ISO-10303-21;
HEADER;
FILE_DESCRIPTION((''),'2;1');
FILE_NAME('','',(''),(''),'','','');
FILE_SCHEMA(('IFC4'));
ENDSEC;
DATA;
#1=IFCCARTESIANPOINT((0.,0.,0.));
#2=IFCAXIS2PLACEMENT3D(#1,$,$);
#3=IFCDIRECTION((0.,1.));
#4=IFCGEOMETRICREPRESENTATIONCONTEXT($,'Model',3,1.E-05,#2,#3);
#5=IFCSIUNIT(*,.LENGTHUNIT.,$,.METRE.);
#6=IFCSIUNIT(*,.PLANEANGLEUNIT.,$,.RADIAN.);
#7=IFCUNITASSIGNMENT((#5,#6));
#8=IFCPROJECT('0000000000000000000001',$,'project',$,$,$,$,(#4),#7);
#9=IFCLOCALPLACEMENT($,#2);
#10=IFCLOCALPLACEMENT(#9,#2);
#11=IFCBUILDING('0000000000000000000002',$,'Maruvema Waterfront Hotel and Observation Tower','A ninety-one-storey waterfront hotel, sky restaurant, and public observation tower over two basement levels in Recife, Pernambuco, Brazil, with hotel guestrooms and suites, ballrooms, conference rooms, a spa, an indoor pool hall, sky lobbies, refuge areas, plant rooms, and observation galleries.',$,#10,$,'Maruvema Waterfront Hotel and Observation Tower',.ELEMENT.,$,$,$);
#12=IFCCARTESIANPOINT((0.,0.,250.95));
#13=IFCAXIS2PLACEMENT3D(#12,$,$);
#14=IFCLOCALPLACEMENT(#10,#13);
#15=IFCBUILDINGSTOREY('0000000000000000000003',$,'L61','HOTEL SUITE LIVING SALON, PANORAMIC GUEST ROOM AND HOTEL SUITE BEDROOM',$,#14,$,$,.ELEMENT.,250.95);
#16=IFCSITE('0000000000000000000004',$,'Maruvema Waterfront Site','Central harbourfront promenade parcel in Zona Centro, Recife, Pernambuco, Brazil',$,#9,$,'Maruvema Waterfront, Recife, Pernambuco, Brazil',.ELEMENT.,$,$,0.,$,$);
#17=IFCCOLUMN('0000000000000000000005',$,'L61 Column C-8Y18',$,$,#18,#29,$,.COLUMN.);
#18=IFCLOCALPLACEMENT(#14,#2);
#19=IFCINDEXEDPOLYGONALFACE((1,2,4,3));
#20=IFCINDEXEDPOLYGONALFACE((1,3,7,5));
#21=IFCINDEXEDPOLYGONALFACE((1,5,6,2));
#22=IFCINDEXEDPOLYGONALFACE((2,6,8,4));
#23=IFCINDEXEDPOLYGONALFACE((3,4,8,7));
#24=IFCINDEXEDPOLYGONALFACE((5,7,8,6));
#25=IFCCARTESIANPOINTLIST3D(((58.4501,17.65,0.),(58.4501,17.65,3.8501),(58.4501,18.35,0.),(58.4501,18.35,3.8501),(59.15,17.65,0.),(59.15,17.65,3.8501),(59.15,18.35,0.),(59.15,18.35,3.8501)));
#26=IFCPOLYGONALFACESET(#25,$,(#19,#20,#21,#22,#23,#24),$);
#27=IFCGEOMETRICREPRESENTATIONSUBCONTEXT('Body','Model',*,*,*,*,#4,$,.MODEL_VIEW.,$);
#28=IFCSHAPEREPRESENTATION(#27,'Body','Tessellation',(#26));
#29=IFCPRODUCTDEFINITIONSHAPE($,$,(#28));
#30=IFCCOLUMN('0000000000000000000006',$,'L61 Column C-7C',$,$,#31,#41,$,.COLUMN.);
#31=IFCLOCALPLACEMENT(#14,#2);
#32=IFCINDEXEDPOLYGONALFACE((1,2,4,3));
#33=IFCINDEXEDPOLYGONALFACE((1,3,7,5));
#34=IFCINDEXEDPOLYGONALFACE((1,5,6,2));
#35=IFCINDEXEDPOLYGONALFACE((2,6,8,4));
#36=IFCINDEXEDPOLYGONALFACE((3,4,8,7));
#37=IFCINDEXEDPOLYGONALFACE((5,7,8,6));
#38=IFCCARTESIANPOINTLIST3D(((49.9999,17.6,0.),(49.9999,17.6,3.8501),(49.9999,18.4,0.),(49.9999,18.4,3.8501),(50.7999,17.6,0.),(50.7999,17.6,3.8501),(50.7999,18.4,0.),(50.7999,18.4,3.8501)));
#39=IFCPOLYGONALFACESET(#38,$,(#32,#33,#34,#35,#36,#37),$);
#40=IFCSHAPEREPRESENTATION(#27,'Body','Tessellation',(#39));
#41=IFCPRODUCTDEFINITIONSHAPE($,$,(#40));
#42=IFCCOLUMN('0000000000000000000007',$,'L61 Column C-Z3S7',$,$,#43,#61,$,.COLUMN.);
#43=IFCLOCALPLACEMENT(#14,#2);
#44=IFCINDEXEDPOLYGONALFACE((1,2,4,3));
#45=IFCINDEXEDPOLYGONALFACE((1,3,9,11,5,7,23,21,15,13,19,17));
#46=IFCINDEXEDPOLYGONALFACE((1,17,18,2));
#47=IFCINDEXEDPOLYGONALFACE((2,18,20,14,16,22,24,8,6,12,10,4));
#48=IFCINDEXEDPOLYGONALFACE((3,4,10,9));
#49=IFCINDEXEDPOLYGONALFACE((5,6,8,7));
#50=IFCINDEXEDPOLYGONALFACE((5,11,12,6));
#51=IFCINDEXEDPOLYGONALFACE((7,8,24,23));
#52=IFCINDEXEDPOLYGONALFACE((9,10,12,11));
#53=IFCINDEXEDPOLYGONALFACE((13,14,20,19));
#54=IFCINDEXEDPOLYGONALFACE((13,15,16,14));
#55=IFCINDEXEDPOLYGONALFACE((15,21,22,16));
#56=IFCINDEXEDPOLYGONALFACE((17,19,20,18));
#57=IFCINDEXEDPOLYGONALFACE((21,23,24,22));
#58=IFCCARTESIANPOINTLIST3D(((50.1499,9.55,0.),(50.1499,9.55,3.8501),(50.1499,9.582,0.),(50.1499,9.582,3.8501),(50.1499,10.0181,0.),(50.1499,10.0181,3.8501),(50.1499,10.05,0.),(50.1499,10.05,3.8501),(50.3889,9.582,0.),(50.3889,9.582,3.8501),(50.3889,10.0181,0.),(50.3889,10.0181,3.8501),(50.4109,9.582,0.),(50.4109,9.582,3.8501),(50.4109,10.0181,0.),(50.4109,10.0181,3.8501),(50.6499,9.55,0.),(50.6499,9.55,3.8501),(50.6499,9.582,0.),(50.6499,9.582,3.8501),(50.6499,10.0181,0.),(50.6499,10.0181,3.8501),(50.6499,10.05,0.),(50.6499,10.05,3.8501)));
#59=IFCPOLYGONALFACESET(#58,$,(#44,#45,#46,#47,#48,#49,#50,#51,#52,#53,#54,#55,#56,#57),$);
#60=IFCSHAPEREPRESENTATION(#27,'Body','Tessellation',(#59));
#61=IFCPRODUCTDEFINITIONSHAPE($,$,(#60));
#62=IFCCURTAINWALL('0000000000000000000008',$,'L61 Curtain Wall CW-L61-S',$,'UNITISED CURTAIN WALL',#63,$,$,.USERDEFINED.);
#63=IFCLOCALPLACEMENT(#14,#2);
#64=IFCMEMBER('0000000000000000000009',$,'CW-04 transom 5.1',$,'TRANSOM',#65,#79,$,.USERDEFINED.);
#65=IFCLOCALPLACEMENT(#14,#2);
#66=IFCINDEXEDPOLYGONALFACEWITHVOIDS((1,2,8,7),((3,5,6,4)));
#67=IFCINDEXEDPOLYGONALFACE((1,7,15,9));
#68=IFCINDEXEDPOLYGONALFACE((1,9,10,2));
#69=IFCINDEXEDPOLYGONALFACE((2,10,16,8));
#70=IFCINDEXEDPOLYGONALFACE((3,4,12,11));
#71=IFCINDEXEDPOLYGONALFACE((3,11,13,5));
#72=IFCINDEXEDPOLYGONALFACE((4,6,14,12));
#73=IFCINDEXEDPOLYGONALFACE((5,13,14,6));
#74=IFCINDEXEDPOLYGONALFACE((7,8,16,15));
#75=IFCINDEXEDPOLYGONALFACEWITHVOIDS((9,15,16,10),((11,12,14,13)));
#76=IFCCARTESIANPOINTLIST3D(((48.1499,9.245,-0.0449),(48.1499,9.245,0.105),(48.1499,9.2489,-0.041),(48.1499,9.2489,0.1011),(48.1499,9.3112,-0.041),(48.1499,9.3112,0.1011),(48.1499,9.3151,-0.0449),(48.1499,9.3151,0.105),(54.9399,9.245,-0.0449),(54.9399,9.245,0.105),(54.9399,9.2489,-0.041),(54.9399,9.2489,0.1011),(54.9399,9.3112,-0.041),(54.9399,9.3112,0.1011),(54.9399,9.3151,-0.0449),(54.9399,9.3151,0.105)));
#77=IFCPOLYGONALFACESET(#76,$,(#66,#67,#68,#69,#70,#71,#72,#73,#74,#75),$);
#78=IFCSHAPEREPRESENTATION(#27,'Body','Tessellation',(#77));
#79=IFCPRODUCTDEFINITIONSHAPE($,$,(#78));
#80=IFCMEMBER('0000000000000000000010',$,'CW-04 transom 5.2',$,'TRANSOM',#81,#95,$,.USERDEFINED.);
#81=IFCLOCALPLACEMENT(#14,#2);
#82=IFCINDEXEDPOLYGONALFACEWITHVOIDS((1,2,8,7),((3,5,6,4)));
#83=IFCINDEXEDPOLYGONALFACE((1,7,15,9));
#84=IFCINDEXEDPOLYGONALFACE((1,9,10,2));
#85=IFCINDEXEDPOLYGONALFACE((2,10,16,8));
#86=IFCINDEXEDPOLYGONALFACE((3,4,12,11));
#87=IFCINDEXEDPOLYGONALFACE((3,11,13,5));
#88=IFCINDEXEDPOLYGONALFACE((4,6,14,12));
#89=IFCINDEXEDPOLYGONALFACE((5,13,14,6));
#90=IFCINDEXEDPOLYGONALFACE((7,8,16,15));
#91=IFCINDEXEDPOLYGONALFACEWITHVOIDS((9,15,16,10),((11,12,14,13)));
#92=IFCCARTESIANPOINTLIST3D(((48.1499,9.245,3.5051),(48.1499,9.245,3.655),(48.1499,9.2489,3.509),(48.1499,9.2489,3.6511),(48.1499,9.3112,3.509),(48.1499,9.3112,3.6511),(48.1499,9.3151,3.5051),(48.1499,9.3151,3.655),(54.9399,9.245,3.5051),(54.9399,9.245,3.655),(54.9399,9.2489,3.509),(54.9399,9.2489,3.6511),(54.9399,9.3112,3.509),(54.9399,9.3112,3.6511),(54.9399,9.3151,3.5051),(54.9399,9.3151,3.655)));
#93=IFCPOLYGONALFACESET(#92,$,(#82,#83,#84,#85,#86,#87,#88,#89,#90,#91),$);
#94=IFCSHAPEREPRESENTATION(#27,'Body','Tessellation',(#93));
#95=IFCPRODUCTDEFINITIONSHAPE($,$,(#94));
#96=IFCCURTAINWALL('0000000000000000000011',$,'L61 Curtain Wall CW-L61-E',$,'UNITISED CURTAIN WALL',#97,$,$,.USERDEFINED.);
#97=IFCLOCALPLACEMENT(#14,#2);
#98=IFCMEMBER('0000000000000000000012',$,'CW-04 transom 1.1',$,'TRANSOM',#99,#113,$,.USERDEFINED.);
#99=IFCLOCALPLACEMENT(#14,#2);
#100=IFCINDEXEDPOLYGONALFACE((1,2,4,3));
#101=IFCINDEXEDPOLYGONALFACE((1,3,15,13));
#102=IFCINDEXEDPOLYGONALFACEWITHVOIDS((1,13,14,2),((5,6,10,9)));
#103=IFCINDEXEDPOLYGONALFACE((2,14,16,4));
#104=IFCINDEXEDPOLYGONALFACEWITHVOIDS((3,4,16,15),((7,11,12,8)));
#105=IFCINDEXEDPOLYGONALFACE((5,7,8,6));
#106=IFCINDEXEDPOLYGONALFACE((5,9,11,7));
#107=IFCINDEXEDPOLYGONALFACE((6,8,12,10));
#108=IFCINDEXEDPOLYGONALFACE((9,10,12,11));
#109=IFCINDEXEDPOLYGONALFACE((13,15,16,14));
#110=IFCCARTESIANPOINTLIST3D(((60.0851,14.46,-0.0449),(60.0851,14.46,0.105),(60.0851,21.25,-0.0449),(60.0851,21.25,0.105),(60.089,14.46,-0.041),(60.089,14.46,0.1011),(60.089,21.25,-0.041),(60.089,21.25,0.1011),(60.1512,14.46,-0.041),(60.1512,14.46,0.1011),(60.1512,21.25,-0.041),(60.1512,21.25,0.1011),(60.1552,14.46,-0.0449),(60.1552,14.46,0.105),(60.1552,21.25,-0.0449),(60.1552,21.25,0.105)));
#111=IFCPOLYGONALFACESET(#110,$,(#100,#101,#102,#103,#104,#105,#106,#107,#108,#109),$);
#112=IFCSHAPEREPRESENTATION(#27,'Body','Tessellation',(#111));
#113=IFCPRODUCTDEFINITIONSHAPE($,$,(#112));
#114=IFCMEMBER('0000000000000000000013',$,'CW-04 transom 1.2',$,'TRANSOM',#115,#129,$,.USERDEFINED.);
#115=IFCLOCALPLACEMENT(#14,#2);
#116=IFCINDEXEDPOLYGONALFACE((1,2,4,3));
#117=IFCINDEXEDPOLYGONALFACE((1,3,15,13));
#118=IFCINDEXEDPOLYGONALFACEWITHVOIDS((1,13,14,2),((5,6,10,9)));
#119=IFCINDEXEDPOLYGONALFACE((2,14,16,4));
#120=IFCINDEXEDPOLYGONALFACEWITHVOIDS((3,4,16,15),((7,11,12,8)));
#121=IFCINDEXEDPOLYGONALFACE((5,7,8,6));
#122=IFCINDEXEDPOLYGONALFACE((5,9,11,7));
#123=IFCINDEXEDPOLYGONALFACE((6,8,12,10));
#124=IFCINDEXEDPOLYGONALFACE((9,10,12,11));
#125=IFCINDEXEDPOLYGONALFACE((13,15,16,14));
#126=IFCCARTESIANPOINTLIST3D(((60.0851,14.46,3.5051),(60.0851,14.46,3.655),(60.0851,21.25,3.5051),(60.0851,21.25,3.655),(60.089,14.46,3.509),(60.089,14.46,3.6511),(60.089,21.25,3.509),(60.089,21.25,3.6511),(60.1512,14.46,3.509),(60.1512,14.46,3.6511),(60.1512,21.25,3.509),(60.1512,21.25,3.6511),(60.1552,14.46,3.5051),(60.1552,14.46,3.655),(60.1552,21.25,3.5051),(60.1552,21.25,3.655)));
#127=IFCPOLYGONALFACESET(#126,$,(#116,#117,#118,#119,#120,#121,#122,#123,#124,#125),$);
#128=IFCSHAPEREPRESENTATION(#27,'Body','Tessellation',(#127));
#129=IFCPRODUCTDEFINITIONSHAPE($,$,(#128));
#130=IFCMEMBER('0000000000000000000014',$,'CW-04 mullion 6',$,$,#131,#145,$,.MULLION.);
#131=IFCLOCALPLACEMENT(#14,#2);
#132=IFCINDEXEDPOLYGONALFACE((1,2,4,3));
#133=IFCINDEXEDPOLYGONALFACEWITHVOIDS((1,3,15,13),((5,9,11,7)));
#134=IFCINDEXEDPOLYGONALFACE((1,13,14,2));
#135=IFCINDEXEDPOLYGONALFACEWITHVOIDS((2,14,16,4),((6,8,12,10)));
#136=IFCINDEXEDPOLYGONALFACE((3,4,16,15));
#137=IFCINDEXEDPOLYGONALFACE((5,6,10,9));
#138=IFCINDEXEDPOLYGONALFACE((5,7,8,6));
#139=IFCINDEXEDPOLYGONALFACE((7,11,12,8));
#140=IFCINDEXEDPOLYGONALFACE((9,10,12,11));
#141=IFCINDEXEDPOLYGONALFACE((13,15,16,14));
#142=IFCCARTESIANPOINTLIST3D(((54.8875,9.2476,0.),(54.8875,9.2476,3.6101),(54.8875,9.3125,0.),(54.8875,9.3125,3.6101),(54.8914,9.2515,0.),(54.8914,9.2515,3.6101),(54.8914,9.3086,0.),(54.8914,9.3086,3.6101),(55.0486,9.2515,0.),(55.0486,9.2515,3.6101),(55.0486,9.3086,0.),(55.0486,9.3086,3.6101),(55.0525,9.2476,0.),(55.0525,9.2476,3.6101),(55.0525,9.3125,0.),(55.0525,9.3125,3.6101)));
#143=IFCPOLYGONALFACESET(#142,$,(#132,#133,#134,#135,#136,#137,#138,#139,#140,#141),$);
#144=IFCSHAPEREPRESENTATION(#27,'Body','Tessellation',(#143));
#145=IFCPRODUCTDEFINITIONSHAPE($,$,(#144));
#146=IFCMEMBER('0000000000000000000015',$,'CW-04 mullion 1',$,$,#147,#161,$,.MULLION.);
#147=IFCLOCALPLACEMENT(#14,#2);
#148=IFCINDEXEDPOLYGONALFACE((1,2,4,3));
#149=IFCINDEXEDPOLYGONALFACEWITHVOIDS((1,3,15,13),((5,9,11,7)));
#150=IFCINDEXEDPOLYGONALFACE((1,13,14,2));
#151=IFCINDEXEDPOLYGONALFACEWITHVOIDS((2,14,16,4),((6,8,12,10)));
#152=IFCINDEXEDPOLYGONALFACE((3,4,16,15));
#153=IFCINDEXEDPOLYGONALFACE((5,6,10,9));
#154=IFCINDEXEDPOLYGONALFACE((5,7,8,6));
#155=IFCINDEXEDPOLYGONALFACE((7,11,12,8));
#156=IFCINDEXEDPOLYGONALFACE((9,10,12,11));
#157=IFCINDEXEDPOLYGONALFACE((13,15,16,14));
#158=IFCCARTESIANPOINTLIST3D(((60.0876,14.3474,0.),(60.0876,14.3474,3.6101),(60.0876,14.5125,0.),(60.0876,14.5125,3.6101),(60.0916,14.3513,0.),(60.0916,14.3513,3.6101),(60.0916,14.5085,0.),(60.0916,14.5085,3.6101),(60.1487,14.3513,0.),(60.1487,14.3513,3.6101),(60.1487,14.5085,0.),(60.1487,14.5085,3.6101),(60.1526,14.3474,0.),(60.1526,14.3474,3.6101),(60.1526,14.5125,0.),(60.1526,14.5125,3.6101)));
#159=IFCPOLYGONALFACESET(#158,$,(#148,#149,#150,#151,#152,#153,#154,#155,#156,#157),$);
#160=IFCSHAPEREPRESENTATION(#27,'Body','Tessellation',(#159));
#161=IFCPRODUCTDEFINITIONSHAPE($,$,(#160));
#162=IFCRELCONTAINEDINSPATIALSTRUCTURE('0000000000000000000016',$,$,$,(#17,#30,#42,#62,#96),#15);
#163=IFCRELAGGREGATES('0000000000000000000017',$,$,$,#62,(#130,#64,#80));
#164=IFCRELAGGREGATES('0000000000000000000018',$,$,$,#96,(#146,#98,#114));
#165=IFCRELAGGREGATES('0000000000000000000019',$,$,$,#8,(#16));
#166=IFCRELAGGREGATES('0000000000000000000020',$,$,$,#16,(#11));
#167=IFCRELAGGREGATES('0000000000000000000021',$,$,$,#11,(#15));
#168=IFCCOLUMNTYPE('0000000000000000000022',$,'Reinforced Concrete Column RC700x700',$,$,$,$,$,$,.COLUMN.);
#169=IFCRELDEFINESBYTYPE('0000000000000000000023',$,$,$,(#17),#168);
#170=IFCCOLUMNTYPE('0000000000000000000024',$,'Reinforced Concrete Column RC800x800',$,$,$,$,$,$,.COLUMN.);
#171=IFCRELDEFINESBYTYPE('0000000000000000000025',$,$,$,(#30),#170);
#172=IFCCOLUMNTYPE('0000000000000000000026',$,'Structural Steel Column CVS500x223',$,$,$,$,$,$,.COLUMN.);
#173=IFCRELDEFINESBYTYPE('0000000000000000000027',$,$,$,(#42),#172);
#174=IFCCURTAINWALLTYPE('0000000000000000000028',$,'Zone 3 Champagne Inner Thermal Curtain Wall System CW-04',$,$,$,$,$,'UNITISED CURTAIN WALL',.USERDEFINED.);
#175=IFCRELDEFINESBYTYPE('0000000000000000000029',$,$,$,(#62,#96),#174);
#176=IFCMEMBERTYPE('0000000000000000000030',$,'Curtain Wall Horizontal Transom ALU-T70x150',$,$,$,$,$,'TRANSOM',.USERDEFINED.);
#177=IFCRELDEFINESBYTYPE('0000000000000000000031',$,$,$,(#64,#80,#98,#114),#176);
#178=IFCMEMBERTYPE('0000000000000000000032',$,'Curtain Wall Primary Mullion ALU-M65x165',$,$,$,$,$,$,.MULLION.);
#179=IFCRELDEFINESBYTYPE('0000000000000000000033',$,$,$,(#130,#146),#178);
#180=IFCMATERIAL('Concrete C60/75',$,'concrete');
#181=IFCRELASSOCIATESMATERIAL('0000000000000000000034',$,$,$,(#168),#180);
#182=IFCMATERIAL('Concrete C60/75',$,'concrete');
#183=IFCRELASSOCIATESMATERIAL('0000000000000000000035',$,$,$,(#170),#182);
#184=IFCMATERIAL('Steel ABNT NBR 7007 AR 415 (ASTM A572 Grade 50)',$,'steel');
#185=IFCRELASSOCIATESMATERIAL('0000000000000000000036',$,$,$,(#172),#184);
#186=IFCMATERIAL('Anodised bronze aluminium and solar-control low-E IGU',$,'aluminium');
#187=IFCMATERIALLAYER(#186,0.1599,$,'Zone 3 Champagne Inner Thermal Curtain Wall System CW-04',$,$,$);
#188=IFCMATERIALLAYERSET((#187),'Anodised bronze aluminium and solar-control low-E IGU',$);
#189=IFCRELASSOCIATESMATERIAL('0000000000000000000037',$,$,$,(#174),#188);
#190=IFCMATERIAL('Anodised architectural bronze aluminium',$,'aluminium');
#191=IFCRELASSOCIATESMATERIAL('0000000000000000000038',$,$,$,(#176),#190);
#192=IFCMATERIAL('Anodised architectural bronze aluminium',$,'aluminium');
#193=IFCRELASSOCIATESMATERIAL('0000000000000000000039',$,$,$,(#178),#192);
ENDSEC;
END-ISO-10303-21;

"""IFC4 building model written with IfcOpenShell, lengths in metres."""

from ifc_helpers import new_model, si_unit, direction, frame, origin, origin_2d, place, context, subcontext, project, spatial, rectangle, hollow_rectangle, i_section, extrude, material, layer, layer_set, material_profile, profile_set, type_object, element, aggregate, save


model = new_model("IFC4")

# Units and contexts
model_context = context("Model", 3, precision=1e-05, world=origin(), true_north=direction((0.0, 1.0)))
body_context = subcontext(model_context, "Body", "Model", "MODEL_VIEW")
ifc_project = project(units=[si_unit("LENGTHUNIT", "METRE"), si_unit("PLANEANGLEUNIT", "RADIAN")], contexts=[model_context])

# Site, building, storey
site_placement = place(None, origin())
site = spatial("IfcSite", under=ifc_project, at=site_placement, Name="Maruvema Waterfront Site", Description="Central harbourfront promenade parcel in Zona Centro, Recife, Pernambuco, Brazil", LongName="Maruvema Waterfront, Recife, Pernambuco, Brazil", CompositionType="ELEMENT", RefElevation=0.0)
building_placement = place(site_placement, origin())
building = spatial("IfcBuilding", under=site, at=building_placement, Name="Maruvema Waterfront Hotel and Observation Tower", Description="A ninety-one-storey waterfront hotel, sky restaurant, and public observation tower over two basement levels in Recife, Pernambuco, Brazil, with hotel guestrooms and suites, ballrooms, conference rooms, a spa, an indoor pool hall, sky lobbies, refuge areas, plant rooms, and observation galleries.", LongName="Maruvema Waterfront Hotel and Observation Tower", CompositionType="ELEMENT")
storey_placement = place(building_placement, frame((0.0, 0.0, 250.95)))
storey = spatial("IfcBuildingStorey", under=building, at=storey_placement, Name="L61", Description="HOTEL SUITE LIVING SALON, PANORAMIC GUEST ROOM AND HOTEL SUITE BEDROOM", CompositionType="ELEMENT", Elevation=250.95)

# Columns
ifc_material_1 = material(Name="Concrete C60/75", Category="concrete")
ifc_material_profile_1 = material_profile(ifc_material_1, rectangle(XDim=0.7, YDim=0.7, at=origin_2d()), Name="RC700x700")
ifc_profile_set_1 = profile_set([ifc_material_profile_1], Name="Concrete C60/75")
column_type_1 = type_object("IfcColumnType", Name="Reinforced Concrete Column RC700x700", PredefinedType="COLUMN", material=ifc_profile_set_1)
column_1_placement = place(storey_placement, frame((58.8, 18.0, 0.0), z_axis=(0.0, 0.0, 1.0), x_axis=(1.0, 0.0, 0.0)))
element("IfcColumn", 1, at=column_1_placement, inside=storey, type_object=column_type_1, Name="L61 Column C-8Y18", PredefinedType="COLUMN", context=body_context, shape_type="SweptSolid", body=[
    extrude(rectangle(XDim=0.7, YDim=0.7, at=origin_2d()), origin(), (0.0, 0.0, 1.0), 3.8501),
])
ifc_material_2 = material(Name="Concrete C60/75", Category="concrete")
ifc_material_profile_2 = material_profile(ifc_material_2, rectangle(XDim=0.8, YDim=0.8, at=origin_2d()), Name="RC800x800")
ifc_profile_set_2 = profile_set([ifc_material_profile_2], Name="Concrete C60/75")
column_type_2 = type_object("IfcColumnType", Name="Reinforced Concrete Column RC800x800", PredefinedType="COLUMN", material=ifc_profile_set_2)
column_2_placement = place(storey_placement, frame((50.3999, 18.0, 0.0), z_axis=(0.0, 0.0, 1.0), x_axis=(1.0, 0.0, 0.0)))
element("IfcColumn", 2, at=column_2_placement, inside=storey, type_object=column_type_2, Name="L61 Column C-7C", PredefinedType="COLUMN", context=body_context, shape_type="SweptSolid", body=[
    extrude(rectangle(XDim=0.8, YDim=0.8, at=origin_2d()), origin(), (0.0, 0.0, 1.0), 3.8501),
])
ifc_material_3 = material(Name="Steel ABNT NBR 7007 AR 415 (ASTM A572 Grade 50)", Category="steel")
ifc_material_profile_3 = material_profile(ifc_material_3, i_section(OverallWidth=0.5, OverallDepth=0.5, WebThickness=0.022, FlangeThickness=0.032, at=origin_2d()), Name="CVS500x223")
ifc_profile_set_3 = profile_set([ifc_material_profile_3], Name="Steel ABNT NBR 7007 AR 415 (ASTM A572 Grade 50)")
column_type_3 = type_object("IfcColumnType", Name="Structural Steel Column CVS500x223", PredefinedType="COLUMN", material=ifc_profile_set_3)
column_3_placement = place(storey_placement, frame((50.3999, 9.8, 0.0), z_axis=(0.0, 0.0, 1.0), x_axis=(1.0, 0.0, 0.0)))
element("IfcColumn", 3, at=column_3_placement, inside=storey, type_object=column_type_3, Name="L61 Column C-Z3S7", PredefinedType="COLUMN", context=body_context, shape_type="SweptSolid", body=[
    extrude(i_section(OverallWidth=0.5, OverallDepth=0.5, WebThickness=0.022, FlangeThickness=0.032, at=origin_2d()), origin(), (0.0, 0.0, 1.0), 3.8501),
])

# Curtain walls, members
ifc_material_4 = material(Name="Anodised bronze aluminium and solar-control low-E IGU", Category="aluminium")
ifc_layer_1 = layer(ifc_material_4, 0.1599, Name="Zone 3 Champagne Inner Thermal Curtain Wall System CW-04")
ifc_layer_set_1 = layer_set([ifc_layer_1], Name="Anodised bronze aluminium and solar-control low-E IGU")
curtain_wall_type = type_object("IfcCurtainWallType", Name="Zone 3 Champagne Inner Thermal Curtain Wall System CW-04", ElementType="UNITISED CURTAIN WALL", PredefinedType="USERDEFINED", material=ifc_layer_set_1)
curtain_wall_1_placement = place(storey_placement, origin())
curtain_wall_1 = element("IfcCurtainWall", 4, at=curtain_wall_1_placement, inside=storey, type_object=curtain_wall_type, Name="L61 Curtain Wall CW-L61-S", ObjectType="UNITISED CURTAIN WALL", PredefinedType="USERDEFINED")
ifc_material_5 = material(Name="Anodised architectural bronze aluminium", Category="aluminium")
ifc_material_profile_4 = material_profile(ifc_material_5, hollow_rectangle(XDim=0.0701, YDim=0.1499, WallThickness=0.0039, at=origin_2d()), Name="ALU-T70x150")
ifc_profile_set_4 = profile_set([ifc_material_profile_4], Name="Anodised architectural bronze aluminium")
member_type_1 = type_object("IfcMemberType", Name="Curtain Wall Horizontal Transom ALU-T70x150", ElementType="TRANSOM", PredefinedType="USERDEFINED", material=ifc_profile_set_4)
member_1_placement = place(storey_placement, frame((48.1499, 9.28, 0.03), z_axis=(1.0, 0.0, 0.0), x_axis=(0.0, 1.0, 0.0)))
member_1 = element("IfcMember", 5, at=member_1_placement, type_object=member_type_1, Name="CW-04 transom 5.1", ObjectType="TRANSOM", PredefinedType="USERDEFINED", context=body_context, shape_type="SweptSolid", body=[
    extrude(hollow_rectangle(XDim=0.0701, YDim=0.1499, WallThickness=0.0039, at=origin_2d()), origin(), (0.0, 0.0, 1.0), 6.79),
])
member_2_placement = place(storey_placement, frame((48.1499, 9.28, 3.5801), z_axis=(1.0, 0.0, 0.0), x_axis=(0.0, 1.0, 0.0)))
member_2 = element("IfcMember", 6, at=member_2_placement, type_object=member_type_1, Name="CW-04 transom 5.2", ObjectType="TRANSOM", PredefinedType="USERDEFINED", context=body_context, shape_type="SweptSolid", body=[
    extrude(hollow_rectangle(XDim=0.0701, YDim=0.1499, WallThickness=0.0039, at=origin_2d()), origin(), (0.0, 0.0, 1.0), 6.79),
])
curtain_wall_2_placement = place(storey_placement, origin())
curtain_wall_2 = element("IfcCurtainWall", 7, at=curtain_wall_2_placement, inside=storey, type_object=curtain_wall_type, Name="L61 Curtain Wall CW-L61-E", ObjectType="UNITISED CURTAIN WALL", PredefinedType="USERDEFINED")
member_3_placement = place(storey_placement, frame((60.1201, 14.46, 0.03), z_axis=(0.0, 1.0, 0.0), x_axis=(-1.0, 0.0, 0.0)))
member_3 = element("IfcMember", 8, at=member_3_placement, type_object=member_type_1, Name="CW-04 transom 1.1", ObjectType="TRANSOM", PredefinedType="USERDEFINED", context=body_context, shape_type="SweptSolid", body=[
    extrude(hollow_rectangle(XDim=0.0701, YDim=0.1499, WallThickness=0.0039, at=origin_2d()), origin(), (0.0, 0.0, 1.0), 6.79),
])
member_4_placement = place(storey_placement, frame((60.1201, 14.46, 3.5801), z_axis=(0.0, 1.0, 0.0), x_axis=(-1.0, 0.0, 0.0)))
member_4 = element("IfcMember", 9, at=member_4_placement, type_object=member_type_1, Name="CW-04 transom 1.2", ObjectType="TRANSOM", PredefinedType="USERDEFINED", context=body_context, shape_type="SweptSolid", body=[
    extrude(hollow_rectangle(XDim=0.0701, YDim=0.1499, WallThickness=0.0039, at=origin_2d()), origin(), (0.0, 0.0, 1.0), 6.79),
])

# Members
ifc_material_6 = material(Name="Anodised architectural bronze aluminium", Category="aluminium")
ifc_material_profile_5 = material_profile(ifc_material_6, hollow_rectangle(XDim=0.0649, YDim=0.165, WallThickness=0.0039, at=origin_2d()), Name="ALU-M65x165")
ifc_profile_set_5 = profile_set([ifc_material_profile_5], Name="Anodised architectural bronze aluminium")
member_type_2 = type_object("IfcMemberType", Name="Curtain Wall Primary Mullion ALU-M65x165", PredefinedType="MULLION", material=ifc_profile_set_5)
member_5_placement = place(storey_placement, frame((54.97, 9.28, 0.0), z_axis=(0.0, 0.0, 1.0), x_axis=(0.0, 1.0, 0.0)))
member_5 = element("IfcMember", 10, at=member_5_placement, type_object=member_type_2, Name="CW-04 mullion 6", PredefinedType="MULLION", context=body_context, shape_type="SweptSolid", body=[
    extrude(hollow_rectangle(XDim=0.0649, YDim=0.165, WallThickness=0.0039, at=origin_2d()), origin(), (0.0, 0.0, 1.0), 3.6101),
])
member_6_placement = place(storey_placement, frame((60.1201, 14.4299, 0.0), z_axis=(0.0, 0.0, 1.0), x_axis=(-1.0, 0.0, 0.0)))
member_6 = element("IfcMember", 11, at=member_6_placement, type_object=member_type_2, Name="CW-04 mullion 1", PredefinedType="MULLION", context=body_context, shape_type="SweptSolid", body=[
    extrude(hollow_rectangle(XDim=0.0649, YDim=0.165, WallThickness=0.0039, at=origin_2d()), origin(), (0.0, 0.0, 1.0), 3.6101),
])

aggregate(curtain_wall_1, [member_5, member_1, member_2])
aggregate(curtain_wall_2, [member_6, member_3, member_4])

save(model, "model.ifc")
